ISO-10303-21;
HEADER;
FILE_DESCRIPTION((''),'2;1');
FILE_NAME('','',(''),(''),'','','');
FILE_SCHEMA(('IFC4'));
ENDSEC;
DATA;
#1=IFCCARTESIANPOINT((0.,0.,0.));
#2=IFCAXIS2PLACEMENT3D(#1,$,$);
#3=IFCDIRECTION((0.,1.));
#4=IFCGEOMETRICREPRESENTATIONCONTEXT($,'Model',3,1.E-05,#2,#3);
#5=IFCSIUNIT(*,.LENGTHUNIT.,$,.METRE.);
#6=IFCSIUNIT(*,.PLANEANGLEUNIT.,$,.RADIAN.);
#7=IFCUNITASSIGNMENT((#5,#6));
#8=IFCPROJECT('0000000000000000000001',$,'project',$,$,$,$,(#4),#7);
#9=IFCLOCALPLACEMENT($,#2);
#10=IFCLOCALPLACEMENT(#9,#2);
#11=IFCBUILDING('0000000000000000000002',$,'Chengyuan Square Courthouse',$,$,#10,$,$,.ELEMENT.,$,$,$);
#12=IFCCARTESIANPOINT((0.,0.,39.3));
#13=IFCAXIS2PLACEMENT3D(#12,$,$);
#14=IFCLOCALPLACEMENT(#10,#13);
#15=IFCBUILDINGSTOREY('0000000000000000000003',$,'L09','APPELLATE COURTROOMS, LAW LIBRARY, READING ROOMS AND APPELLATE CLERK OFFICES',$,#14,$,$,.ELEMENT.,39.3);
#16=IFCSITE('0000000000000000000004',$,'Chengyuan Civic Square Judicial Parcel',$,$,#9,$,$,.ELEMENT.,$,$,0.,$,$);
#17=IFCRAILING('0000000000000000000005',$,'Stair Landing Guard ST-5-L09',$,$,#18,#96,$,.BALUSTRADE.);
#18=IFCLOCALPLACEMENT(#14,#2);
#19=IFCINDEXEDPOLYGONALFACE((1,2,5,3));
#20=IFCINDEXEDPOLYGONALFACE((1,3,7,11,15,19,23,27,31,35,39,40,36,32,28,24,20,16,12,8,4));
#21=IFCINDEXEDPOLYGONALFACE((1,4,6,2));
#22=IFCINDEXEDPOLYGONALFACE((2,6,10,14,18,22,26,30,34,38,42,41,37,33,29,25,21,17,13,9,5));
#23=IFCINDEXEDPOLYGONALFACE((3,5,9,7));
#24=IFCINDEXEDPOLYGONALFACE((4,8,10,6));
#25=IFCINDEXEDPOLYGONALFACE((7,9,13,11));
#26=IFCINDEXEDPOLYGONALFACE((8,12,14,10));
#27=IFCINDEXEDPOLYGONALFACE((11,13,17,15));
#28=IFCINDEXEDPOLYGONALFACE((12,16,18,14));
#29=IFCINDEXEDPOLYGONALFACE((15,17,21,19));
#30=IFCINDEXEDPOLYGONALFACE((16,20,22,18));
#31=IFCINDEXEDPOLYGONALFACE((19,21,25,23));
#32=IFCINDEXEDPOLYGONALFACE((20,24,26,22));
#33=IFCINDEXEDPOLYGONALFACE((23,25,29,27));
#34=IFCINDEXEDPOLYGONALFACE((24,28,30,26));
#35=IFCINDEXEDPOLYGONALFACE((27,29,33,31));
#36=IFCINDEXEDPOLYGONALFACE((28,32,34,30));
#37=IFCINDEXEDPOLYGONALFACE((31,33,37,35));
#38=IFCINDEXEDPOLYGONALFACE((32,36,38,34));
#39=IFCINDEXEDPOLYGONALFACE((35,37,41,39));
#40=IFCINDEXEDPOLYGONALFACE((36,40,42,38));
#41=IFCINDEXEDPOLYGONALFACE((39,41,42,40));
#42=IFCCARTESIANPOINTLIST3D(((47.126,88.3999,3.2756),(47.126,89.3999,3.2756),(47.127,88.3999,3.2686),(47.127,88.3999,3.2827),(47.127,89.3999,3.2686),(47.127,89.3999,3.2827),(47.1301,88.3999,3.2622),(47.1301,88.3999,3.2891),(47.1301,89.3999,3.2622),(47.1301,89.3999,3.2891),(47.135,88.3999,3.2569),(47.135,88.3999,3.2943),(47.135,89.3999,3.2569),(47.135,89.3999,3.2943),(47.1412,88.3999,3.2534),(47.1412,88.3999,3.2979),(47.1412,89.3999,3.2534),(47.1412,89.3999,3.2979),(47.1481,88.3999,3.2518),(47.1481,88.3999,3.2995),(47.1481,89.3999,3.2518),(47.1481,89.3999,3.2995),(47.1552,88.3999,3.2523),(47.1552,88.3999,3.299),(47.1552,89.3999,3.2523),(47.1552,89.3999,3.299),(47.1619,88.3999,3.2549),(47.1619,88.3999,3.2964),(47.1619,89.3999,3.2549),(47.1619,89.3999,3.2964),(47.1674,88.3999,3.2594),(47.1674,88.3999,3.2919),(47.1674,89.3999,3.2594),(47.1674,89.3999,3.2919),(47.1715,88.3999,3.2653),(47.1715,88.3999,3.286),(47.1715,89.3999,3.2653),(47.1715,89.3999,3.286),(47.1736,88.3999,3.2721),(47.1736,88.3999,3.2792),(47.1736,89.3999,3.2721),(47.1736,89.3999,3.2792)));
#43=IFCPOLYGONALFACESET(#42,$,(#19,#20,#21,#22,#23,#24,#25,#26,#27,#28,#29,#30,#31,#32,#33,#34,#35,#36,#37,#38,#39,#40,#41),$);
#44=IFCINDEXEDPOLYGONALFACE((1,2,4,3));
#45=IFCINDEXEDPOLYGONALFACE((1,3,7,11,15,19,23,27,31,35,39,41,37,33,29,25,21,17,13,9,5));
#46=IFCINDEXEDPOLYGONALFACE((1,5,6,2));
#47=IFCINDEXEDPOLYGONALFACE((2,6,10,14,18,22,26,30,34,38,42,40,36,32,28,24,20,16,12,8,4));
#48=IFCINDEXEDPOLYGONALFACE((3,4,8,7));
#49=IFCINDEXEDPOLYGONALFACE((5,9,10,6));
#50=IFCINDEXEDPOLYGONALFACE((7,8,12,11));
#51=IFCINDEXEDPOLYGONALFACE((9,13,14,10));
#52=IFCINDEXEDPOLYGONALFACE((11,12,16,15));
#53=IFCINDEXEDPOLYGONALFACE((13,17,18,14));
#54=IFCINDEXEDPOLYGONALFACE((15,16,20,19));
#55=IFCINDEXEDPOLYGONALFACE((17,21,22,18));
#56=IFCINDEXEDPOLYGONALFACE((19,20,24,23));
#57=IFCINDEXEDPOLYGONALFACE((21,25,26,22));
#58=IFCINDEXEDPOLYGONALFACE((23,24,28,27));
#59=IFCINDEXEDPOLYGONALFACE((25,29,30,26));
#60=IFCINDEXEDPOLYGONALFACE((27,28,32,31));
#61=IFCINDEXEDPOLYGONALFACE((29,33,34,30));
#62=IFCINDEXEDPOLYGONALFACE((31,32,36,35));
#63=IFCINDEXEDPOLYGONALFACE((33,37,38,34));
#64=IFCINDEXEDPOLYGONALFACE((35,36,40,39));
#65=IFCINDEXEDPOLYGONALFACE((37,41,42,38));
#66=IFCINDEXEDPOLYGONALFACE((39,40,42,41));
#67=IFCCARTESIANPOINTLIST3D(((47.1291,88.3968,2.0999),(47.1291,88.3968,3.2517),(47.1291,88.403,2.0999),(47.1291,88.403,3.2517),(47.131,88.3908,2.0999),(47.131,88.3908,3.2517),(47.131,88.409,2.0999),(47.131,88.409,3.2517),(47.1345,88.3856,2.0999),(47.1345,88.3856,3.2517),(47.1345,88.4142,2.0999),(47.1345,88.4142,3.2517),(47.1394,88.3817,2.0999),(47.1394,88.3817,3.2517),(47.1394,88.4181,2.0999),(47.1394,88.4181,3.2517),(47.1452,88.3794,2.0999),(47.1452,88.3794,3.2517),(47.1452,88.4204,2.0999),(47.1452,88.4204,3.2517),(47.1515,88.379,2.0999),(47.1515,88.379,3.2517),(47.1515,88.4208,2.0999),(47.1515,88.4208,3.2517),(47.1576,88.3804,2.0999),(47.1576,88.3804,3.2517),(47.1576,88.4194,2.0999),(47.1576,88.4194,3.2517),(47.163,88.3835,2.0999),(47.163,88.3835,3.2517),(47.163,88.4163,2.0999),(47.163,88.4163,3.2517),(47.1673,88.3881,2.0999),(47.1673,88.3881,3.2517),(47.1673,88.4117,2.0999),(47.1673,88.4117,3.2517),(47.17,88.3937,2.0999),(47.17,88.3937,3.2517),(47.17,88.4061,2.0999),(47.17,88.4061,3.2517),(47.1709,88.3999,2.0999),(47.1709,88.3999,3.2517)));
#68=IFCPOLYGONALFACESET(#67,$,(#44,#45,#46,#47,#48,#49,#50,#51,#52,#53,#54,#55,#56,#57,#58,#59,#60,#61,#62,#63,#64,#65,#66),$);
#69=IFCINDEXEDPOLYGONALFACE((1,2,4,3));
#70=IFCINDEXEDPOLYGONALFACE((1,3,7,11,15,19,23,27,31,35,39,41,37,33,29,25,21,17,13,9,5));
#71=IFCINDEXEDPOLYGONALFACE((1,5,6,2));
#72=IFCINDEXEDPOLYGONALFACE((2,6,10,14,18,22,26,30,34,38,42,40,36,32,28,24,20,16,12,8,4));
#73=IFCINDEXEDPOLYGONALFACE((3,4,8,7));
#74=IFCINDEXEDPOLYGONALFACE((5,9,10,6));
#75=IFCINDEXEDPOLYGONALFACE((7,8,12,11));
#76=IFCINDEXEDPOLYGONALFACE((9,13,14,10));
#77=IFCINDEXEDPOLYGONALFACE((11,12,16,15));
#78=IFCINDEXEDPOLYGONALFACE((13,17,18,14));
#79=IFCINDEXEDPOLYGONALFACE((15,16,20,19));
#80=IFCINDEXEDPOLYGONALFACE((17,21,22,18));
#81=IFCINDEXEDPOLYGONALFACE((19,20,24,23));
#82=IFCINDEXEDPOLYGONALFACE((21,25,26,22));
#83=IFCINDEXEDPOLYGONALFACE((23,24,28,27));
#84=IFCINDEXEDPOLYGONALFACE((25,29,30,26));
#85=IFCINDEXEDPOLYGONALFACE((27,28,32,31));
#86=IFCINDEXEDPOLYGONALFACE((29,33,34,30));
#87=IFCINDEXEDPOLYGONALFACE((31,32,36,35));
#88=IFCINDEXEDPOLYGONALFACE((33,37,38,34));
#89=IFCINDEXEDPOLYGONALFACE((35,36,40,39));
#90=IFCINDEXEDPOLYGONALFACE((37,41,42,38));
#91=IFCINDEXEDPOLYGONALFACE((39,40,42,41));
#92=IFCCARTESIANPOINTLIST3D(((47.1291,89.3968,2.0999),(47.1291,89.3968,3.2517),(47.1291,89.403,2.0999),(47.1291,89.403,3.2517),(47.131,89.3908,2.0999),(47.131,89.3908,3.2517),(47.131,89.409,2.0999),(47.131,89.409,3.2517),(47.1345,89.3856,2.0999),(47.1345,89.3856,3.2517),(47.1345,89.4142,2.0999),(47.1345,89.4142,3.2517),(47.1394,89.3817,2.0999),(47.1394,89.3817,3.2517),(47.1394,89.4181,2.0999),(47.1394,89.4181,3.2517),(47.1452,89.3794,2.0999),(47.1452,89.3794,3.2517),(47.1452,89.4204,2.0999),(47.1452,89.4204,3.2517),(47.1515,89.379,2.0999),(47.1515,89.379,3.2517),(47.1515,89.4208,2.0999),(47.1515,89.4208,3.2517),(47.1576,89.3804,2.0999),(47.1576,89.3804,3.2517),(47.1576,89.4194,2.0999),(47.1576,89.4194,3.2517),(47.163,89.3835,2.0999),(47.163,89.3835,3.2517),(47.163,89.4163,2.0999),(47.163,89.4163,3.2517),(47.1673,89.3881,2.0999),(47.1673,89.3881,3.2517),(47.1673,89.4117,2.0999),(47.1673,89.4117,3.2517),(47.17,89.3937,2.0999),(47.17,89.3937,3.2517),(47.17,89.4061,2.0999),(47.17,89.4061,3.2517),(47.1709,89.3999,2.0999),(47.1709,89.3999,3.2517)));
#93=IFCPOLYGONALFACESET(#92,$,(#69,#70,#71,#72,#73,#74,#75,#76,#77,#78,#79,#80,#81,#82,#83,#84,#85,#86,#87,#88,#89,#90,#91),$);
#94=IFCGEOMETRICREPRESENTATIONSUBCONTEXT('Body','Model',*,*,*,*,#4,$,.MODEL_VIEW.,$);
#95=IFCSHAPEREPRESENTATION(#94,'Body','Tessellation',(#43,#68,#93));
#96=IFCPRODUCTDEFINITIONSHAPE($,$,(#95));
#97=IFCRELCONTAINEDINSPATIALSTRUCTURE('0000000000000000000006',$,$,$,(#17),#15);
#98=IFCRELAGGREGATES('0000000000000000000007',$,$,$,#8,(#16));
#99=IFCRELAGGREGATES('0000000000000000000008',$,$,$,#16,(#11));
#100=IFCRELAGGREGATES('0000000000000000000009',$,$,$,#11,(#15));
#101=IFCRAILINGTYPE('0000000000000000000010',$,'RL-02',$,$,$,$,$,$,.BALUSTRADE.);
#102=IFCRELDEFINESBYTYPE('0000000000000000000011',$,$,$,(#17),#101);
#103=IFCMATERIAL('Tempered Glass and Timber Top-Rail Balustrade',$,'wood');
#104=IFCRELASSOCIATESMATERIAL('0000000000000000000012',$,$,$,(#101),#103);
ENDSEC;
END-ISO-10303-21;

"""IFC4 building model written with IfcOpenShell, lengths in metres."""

from ifc_helpers import new_model, si_unit, direction, frame, origin, origin_2d, place, context, subcontext, project, spatial, circle, extrude, material, type_object, element, save


model = new_model("IFC4")

# Units and contexts
model_context = context("Model", 3, precision=1e-05, world=origin(), true_north=direction((0.0, 1.0)))
body_context = subcontext(model_context, "Body", "Model", "MODEL_VIEW")
ifc_project = project(units=[si_unit("LENGTHUNIT", "METRE"), si_unit("PLANEANGLEUNIT", "RADIAN")], contexts=[model_context])

# Site, building, storey
site_placement = place(None, origin())
site = spatial("IfcSite", under=ifc_project, at=site_placement, Name="Chengyuan Civic Square Judicial Parcel", CompositionType="ELEMENT", RefElevation=0.0)
building_placement = place(site_placement, origin())
building = spatial("IfcBuilding", under=site, at=building_placement, Name="Chengyuan Square Courthouse", CompositionType="ELEMENT")
storey_placement = place(building_placement, frame((0.0, 0.0, 39.3)))
storey = spatial("IfcBuildingStorey", under=building, at=storey_placement, Name="L09", Description="APPELLATE COURTROOMS, LAW LIBRARY, READING ROOMS AND APPELLATE CLERK OFFICES", CompositionType="ELEMENT", Elevation=39.3)

# Railing
ifc_material_1 = material(Name="Tempered Glass and Timber Top-Rail Balustrade", Category="wood")
railing_type = type_object("IfcRailingType", Name="RL-02", PredefinedType="BALUSTRADE", material=ifc_material_1)
railing_1_placement = place(storey_placement, frame((47.1499, 88.3999, 2.0999)))
element("IfcRailing", 1, at=railing_1_placement, inside=storey, type_object=railing_type, Name="Stair Landing Guard ST-5-L09", PredefinedType="BALUSTRADE", context=body_context, shape_type="SweptSolid", body=[
    extrude(circle(Radius=0.0239, at=origin_2d()), frame((0.0, 0.0, 1.1758), z_axis=(0.0, 1.0, 0.0), x_axis=(-1.0, 0.0, 0.0)), (0.0, 0.0, 1.0), 1.0),
    extrude(circle(Radius=0.021, at=origin_2d()), origin(), (0.0, 0.0, 1.0), 1.1519),
    extrude(circle(Radius=0.021, at=origin_2d()), frame((0.0, 1.0, 0.0)), (0.0, 0.0, 1.0), 1.1519),
])

save(model, "model.ifc")
